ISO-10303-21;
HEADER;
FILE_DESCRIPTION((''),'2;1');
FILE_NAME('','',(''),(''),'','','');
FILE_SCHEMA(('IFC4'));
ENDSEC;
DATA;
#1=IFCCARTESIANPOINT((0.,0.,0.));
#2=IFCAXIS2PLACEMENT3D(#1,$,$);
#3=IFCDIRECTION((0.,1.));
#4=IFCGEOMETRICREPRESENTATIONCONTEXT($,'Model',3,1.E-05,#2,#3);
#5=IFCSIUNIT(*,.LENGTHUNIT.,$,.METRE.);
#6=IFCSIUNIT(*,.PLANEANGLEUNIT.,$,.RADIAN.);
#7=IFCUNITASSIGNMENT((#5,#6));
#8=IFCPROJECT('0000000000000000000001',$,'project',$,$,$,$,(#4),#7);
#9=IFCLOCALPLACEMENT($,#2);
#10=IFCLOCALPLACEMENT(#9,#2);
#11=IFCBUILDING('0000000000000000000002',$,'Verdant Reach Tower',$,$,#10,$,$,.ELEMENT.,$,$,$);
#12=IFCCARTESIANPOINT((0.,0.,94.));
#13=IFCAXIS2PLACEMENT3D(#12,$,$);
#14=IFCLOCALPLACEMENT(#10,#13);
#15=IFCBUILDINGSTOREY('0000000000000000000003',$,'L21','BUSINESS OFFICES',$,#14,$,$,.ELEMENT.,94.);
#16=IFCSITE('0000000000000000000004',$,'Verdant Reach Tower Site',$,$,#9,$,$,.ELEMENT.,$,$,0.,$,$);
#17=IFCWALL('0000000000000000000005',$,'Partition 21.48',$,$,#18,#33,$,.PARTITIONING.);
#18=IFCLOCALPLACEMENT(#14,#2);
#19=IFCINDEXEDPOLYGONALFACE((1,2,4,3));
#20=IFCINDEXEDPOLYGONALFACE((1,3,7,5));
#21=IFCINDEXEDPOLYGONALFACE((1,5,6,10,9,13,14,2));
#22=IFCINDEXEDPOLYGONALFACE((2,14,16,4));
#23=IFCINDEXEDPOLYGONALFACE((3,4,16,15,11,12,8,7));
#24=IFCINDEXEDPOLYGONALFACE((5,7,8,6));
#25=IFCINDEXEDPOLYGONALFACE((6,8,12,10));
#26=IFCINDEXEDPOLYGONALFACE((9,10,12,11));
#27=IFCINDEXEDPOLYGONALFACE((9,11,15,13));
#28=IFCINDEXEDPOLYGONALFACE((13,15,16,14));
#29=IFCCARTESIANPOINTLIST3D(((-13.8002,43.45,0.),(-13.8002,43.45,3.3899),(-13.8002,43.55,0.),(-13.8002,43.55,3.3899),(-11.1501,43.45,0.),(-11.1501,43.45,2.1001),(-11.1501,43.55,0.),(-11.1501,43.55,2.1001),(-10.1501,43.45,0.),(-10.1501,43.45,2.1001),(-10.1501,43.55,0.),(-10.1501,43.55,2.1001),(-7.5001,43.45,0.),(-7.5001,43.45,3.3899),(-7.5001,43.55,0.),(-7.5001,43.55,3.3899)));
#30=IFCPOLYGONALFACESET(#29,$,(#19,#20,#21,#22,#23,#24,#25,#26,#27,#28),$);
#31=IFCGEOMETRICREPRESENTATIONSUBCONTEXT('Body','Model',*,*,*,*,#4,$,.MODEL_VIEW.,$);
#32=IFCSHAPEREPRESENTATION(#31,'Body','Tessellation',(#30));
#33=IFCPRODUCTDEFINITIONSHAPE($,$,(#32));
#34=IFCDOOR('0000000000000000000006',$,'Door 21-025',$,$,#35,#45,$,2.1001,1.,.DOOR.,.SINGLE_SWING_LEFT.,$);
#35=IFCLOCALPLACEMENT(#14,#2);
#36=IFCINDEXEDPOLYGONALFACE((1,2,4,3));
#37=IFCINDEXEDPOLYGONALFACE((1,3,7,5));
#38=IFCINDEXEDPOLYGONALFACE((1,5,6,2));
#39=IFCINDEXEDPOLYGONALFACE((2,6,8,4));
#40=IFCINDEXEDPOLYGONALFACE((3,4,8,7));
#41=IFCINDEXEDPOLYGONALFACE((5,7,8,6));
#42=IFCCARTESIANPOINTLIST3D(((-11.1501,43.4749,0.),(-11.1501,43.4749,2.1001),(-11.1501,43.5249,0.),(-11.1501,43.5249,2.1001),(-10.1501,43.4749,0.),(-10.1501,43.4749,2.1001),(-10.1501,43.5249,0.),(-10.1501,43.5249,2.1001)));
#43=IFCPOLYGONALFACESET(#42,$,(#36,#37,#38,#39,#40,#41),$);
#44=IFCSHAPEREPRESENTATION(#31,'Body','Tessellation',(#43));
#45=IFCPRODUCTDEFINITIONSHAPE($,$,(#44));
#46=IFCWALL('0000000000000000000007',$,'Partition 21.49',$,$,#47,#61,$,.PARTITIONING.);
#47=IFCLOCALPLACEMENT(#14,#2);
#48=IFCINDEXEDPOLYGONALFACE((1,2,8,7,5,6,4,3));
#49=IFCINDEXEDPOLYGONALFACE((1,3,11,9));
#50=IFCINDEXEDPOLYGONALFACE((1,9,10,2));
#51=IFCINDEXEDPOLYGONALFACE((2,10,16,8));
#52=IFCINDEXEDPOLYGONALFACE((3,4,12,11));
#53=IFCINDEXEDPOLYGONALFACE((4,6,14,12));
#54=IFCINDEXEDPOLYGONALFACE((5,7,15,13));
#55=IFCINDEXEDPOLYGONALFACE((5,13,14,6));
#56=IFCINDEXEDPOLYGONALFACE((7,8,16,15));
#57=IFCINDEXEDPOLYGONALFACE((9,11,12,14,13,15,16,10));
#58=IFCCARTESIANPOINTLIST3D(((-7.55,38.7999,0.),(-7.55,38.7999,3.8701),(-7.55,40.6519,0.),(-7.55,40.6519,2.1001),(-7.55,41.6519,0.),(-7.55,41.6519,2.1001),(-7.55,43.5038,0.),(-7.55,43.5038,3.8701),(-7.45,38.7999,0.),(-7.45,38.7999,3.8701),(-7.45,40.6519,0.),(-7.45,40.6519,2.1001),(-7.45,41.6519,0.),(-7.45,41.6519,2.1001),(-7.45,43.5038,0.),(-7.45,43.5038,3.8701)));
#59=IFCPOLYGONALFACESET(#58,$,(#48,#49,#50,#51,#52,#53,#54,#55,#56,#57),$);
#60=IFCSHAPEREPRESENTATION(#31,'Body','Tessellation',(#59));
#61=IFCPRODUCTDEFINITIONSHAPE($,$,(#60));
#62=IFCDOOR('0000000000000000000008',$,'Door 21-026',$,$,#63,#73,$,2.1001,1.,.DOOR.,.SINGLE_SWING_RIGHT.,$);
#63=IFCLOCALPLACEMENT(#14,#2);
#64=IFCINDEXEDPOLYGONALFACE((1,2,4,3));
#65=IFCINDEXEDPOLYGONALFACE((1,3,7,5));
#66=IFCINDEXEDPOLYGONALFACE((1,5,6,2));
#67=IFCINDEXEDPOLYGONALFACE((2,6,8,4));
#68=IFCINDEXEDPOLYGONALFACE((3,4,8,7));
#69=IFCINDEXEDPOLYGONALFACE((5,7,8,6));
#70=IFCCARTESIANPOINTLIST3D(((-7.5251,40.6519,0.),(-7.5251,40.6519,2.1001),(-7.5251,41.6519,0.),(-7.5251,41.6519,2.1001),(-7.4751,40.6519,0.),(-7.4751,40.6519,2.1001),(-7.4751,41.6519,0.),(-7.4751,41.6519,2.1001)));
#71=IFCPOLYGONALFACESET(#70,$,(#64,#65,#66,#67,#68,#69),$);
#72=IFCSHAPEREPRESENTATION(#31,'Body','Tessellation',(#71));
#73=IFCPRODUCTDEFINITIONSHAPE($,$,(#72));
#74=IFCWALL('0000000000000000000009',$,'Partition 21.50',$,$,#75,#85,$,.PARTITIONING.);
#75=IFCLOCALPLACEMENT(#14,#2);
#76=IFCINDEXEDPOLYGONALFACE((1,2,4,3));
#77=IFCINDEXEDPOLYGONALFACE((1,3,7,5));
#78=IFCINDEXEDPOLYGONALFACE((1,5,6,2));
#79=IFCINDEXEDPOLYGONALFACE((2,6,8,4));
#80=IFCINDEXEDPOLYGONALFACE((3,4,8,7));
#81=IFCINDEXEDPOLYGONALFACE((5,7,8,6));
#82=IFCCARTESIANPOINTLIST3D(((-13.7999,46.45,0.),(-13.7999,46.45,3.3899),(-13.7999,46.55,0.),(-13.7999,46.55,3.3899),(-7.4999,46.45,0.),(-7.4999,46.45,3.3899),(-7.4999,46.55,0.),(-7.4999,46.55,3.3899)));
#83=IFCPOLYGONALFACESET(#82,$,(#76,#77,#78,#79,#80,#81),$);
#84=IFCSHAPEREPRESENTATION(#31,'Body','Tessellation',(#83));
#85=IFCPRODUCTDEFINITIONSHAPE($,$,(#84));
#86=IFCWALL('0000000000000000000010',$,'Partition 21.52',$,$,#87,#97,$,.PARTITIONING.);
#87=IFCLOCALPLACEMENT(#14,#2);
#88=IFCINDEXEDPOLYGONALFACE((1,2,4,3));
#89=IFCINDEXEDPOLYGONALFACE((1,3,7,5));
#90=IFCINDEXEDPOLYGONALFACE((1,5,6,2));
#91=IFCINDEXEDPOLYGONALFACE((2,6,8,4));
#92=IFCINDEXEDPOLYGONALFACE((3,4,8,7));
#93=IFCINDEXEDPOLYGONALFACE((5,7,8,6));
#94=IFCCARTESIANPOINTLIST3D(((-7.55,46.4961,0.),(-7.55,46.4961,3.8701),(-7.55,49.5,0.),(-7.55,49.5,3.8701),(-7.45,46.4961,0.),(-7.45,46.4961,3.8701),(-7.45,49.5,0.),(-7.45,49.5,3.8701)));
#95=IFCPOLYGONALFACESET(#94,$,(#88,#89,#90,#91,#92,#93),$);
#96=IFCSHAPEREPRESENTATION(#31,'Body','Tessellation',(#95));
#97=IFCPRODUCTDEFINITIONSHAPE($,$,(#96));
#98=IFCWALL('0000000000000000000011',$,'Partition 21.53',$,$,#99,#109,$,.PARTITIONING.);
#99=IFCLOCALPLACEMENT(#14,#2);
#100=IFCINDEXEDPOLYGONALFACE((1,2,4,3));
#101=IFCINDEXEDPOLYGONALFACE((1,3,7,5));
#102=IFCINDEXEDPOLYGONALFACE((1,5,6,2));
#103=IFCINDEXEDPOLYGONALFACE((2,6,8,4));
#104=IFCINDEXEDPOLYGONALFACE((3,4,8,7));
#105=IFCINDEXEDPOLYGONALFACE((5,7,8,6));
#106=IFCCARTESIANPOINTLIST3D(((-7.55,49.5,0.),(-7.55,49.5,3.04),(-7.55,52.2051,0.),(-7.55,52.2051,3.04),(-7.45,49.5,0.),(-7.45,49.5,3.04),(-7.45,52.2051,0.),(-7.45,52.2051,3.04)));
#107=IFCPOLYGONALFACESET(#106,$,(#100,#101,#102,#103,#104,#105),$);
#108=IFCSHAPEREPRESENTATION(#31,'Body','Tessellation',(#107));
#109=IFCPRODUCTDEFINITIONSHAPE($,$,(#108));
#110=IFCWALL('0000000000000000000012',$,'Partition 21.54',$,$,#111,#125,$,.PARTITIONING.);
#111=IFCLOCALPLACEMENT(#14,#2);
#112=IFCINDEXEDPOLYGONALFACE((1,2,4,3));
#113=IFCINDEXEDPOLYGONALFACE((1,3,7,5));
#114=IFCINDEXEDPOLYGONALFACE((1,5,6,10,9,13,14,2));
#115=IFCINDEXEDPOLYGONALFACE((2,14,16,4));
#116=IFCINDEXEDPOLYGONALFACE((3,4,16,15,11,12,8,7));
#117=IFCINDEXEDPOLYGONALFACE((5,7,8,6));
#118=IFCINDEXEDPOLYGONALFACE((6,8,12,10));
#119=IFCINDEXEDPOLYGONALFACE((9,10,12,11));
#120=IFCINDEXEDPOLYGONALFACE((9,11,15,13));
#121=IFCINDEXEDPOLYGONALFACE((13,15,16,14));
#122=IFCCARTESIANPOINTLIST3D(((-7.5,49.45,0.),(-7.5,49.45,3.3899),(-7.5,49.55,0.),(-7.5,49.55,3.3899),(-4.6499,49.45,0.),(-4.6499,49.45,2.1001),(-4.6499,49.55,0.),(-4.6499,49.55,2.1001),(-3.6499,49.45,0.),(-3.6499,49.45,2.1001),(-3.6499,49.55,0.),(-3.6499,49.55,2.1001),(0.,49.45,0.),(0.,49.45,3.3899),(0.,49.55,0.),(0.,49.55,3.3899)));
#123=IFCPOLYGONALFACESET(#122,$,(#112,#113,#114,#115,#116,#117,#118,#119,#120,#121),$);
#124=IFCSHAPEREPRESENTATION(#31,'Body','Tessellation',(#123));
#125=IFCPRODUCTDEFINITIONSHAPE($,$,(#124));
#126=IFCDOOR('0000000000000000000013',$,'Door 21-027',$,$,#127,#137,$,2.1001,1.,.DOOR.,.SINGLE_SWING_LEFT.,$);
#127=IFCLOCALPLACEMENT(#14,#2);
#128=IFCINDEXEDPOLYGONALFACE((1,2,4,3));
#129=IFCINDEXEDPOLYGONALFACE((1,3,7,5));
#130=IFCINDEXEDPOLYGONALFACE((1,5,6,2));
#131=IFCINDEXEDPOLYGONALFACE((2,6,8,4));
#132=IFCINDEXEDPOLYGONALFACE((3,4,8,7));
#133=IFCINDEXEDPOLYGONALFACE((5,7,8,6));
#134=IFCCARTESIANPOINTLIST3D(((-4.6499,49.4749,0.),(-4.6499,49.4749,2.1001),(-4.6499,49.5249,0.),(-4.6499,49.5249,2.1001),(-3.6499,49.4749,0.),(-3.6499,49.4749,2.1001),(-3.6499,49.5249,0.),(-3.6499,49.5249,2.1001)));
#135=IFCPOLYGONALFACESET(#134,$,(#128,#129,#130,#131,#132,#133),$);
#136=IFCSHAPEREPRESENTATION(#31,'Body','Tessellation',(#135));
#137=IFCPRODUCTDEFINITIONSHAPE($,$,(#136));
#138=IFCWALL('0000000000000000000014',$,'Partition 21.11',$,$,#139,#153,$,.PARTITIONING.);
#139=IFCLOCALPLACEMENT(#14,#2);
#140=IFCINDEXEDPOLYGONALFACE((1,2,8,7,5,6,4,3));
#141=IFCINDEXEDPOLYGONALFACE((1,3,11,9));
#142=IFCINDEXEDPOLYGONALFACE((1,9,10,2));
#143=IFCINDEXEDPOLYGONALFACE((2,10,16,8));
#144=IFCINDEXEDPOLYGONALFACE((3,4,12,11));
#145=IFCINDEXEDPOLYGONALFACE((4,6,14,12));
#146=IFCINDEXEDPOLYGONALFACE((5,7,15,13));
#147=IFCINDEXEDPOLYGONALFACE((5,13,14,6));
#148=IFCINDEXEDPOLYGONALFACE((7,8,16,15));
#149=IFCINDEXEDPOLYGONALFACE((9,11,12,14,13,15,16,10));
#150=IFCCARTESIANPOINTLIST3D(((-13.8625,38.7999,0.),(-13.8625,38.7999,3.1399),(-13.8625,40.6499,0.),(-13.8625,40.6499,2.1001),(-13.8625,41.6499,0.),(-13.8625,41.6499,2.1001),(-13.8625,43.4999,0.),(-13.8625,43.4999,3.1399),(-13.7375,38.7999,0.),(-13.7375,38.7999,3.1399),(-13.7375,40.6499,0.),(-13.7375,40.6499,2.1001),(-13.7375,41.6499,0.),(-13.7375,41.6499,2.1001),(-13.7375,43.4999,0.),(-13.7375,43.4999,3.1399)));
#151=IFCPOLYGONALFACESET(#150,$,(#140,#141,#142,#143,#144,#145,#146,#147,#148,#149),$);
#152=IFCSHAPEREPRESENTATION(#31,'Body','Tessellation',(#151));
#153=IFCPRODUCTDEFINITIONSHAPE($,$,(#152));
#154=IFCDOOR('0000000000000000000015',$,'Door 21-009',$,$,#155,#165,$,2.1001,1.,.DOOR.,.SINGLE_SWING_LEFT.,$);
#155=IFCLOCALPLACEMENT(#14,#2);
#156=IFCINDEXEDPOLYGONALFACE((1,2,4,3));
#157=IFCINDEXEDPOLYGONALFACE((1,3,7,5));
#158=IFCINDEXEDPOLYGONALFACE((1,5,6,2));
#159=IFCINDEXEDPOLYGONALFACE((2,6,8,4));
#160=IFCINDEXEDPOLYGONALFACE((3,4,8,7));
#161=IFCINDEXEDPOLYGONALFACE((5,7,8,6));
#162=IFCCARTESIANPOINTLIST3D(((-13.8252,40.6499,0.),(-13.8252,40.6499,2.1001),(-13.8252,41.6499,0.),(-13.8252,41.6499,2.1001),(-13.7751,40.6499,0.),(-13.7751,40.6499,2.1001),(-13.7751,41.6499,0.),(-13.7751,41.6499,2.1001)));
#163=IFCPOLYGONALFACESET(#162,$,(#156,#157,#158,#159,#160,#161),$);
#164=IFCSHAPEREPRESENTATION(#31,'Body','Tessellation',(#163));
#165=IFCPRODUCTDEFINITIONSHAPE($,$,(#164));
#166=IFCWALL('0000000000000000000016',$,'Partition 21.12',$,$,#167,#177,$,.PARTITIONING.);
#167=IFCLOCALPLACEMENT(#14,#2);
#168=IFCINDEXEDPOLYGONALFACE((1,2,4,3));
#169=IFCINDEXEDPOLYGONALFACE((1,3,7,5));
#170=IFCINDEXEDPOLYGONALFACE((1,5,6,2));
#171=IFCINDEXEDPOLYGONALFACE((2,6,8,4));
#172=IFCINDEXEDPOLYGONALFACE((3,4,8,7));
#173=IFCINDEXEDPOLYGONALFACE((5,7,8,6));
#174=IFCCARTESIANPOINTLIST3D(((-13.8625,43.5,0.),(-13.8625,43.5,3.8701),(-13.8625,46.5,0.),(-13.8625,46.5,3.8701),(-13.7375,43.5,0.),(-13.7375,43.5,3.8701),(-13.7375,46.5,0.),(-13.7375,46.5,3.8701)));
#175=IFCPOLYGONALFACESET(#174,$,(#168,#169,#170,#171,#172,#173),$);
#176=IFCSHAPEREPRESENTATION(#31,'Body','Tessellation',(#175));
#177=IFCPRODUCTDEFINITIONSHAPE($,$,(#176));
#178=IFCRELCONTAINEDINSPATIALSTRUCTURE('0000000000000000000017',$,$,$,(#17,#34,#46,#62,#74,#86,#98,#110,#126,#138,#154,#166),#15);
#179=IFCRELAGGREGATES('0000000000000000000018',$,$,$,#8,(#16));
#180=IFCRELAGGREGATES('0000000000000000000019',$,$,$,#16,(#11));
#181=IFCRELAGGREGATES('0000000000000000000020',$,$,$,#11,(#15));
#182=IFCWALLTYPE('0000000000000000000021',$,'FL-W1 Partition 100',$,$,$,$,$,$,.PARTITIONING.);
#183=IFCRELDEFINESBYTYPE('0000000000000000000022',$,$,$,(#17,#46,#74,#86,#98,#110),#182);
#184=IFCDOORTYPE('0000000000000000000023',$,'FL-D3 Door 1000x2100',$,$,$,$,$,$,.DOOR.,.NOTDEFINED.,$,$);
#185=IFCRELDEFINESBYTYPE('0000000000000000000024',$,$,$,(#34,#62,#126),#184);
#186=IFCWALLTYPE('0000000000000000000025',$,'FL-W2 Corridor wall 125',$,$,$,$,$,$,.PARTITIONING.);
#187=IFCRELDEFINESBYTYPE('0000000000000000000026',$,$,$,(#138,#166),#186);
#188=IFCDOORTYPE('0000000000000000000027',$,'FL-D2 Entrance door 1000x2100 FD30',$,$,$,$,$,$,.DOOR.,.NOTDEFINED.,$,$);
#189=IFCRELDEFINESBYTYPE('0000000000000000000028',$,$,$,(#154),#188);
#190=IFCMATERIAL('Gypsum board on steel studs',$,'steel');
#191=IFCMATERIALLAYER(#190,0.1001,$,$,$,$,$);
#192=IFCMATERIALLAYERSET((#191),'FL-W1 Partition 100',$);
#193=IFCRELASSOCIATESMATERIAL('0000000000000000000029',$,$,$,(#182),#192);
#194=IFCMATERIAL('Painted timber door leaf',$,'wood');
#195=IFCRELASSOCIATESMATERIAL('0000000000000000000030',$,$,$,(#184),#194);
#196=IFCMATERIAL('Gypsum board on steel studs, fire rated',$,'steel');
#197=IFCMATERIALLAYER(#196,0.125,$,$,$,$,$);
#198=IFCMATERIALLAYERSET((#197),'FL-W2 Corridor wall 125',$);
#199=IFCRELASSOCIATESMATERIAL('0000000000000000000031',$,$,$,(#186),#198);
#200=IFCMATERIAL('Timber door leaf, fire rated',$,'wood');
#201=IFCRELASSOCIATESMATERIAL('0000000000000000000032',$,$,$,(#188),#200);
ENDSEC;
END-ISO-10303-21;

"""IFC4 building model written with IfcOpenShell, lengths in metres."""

from ifc_helpers import new_model, si_unit, direction, frame, frame_2d, origin, place, context, subcontext, project, spatial, rectangle, extrude, material, layer, layer_set, type_object, element, fill, save


model = new_model("IFC4")

# Units and contexts
model_context = context("Model", 3, precision=1e-05, world=origin(), true_north=direction((0.0, 1.0)))
body_context = subcontext(model_context, "Body", "Model", "MODEL_VIEW")
ifc_project = project(units=[si_unit("LENGTHUNIT", "METRE"), si_unit("PLANEANGLEUNIT", "RADIAN")], contexts=[model_context])

# Site, building, storey
site_placement = place(None, origin())
site = spatial("IfcSite", under=ifc_project, at=site_placement, Name="Verdant Reach Tower Site", CompositionType="ELEMENT", RefElevation=0.0)
building_placement = place(site_placement, origin())
building = spatial("IfcBuilding", under=site, at=building_placement, Name="Verdant Reach Tower", CompositionType="ELEMENT")
storey_placement = place(building_placement, frame((0.0, 0.0, 94.0)))
storey = spatial("IfcBuildingStorey", under=building, at=storey_placement, Name="L21", Description="BUSINESS OFFICES", CompositionType="ELEMENT", Elevation=94.0)

# Walls, openings, doors
ifc_material_1 = material(Name="Gypsum board on steel studs", Category="steel")
ifc_layer_1 = layer(ifc_material_1, 0.1001)
ifc_layer_set_1 = layer_set([ifc_layer_1], Name="FL-W1 Partition 100")
wall_type_1 = type_object("IfcWallType", Name="FL-W1 Partition 100", PredefinedType="PARTITIONING", material=ifc_layer_set_1)
wall_1_placement = place(storey_placement, frame((-13.8, 43.5, 0.0), z_axis=(0.0, 0.0, 1.0), x_axis=(1.0, 0.0, 0.0)))
wall_1 = element("IfcWall", 1, at=wall_1_placement, inside=storey, type_object=wall_type_1, Name="Partition 21.48", PredefinedType="PARTITIONING", context=body_context, shape_type="SweptSolid", body=[
    extrude(rectangle(XDim=6.3, YDim=0.1001, at=frame_2d((3.1499, 0.0))), origin(), (0.0, 0.0, 1.0), 3.3899),
])
opening_1_placement = place(wall_1_placement, frame((2.6499, 0.0, 0.0)))
opening_1 = element("IfcOpeningElement", 2, at=opening_1_placement, cuts=wall_1, PredefinedType="OPENING", context=body_context, shape_type="SweptSolid", body=[
    extrude(rectangle(XDim=1.0, YDim=2.1001, at=frame_2d((0.5, 1.05))), frame((0.0, 0.0601, 0.0), z_axis=(0.0, -1.0, 0.0), x_axis=(1.0, 0.0, 0.0)), (0.0, 0.0, 1.0), 0.1201),
])
ifc_material_2 = material(Name="Painted timber door leaf", Category="wood")
door_type_1 = type_object("IfcDoorType", Name="FL-D3 Door 1000x2100", OperationType="NOTDEFINED", PredefinedType="DOOR", material=ifc_material_2)
door_1_placement = place(opening_1_placement, origin())
door_1 = element("IfcDoor", 3, at=door_1_placement, inside=storey, type_object=door_type_1, Name="Door 21-025", OperationType="SINGLE_SWING_LEFT", OverallHeight=2.1001, OverallWidth=1.0, PredefinedType="DOOR", context=body_context, shape_type="SweptSolid", body=[
    extrude(rectangle(XDim=1.0, YDim=2.1001, at=frame_2d((0.5, 1.05))), frame((0.0, 0.0249, 0.0), z_axis=(0.0, -1.0, 0.0), x_axis=(1.0, 0.0, 0.0)), (0.0, 0.0, 1.0), 0.05),
])
fill(opening_1, door_1)
wall_2_placement = place(storey_placement, frame((-7.5, 43.5039, 0.0), z_axis=(0.0, 0.0, 1.0), x_axis=(0.0, -1.0, 0.0)))
wall_2 = element("IfcWall", 4, at=wall_2_placement, inside=storey, type_object=wall_type_1, Name="Partition 21.49", PredefinedType="PARTITIONING", context=body_context, shape_type="SweptSolid", body=[
    extrude(rectangle(XDim=4.7039, YDim=0.1001, at=frame_2d((2.3521, 0.0))), origin(), (0.0, 0.0, 1.0), 3.8701),
])
opening_2_placement = place(wall_2_placement, frame((1.8521, 0.0, 0.0)))
opening_2 = element("IfcOpeningElement", 5, at=opening_2_placement, cuts=wall_2, PredefinedType="OPENING", context=body_context, shape_type="SweptSolid", body=[
    extrude(rectangle(XDim=1.0, YDim=2.1001, at=frame_2d((0.5, 1.05))), frame((0.0, 0.0601, 0.0), z_axis=(0.0, -1.0, 0.0), x_axis=(1.0, 0.0, 0.0)), (0.0, 0.0, 1.0), 0.1201),
])
door_2_placement = place(opening_2_placement, origin())
door_2 = element("IfcDoor", 6, at=door_2_placement, inside=storey, type_object=door_type_1, Name="Door 21-026", OperationType="SINGLE_SWING_RIGHT", OverallHeight=2.1001, OverallWidth=1.0, PredefinedType="DOOR", context=body_context, shape_type="SweptSolid", body=[
    extrude(rectangle(XDim=1.0, YDim=2.1001, at=frame_2d((0.5, 1.05))), frame((0.0, 0.0249, 0.0), z_axis=(0.0, -1.0, 0.0), x_axis=(1.0, 0.0, 0.0)), (0.0, 0.0, 1.0), 0.05),
])
fill(opening_2, door_2)

# Walls
wall_3_placement = place(storey_placement, frame((-7.5, 46.5, 0.0), z_axis=(0.0, 0.0, 1.0), x_axis=(-1.0, 0.0, 0.0)))
element("IfcWall", 7, at=wall_3_placement, inside=storey, type_object=wall_type_1, Name="Partition 21.50", PredefinedType="PARTITIONING", context=body_context, shape_type="SweptSolid", body=[
    extrude(rectangle(XDim=6.3, YDim=0.1001, at=frame_2d((3.1499, 0.0))), origin(), (0.0, 0.0, 1.0), 3.3899),
])
wall_4_placement = place(storey_placement, frame((-7.5, 46.4961, 0.0), z_axis=(0.0, 0.0, 1.0), x_axis=(0.0, 1.0, 0.0)))
element("IfcWall", 8, at=wall_4_placement, inside=storey, type_object=wall_type_1, Name="Partition 21.52", PredefinedType="PARTITIONING", context=body_context, shape_type="SweptSolid", body=[
    extrude(rectangle(XDim=3.0039, YDim=0.1001, at=frame_2d((1.502, 0.0))), origin(), (0.0, 0.0, 1.0), 3.8701),
])
wall_5_placement = place(storey_placement, frame((-7.5, 49.5, 0.0), z_axis=(0.0, 0.0, 1.0), x_axis=(0.0, 1.0, 0.0)))
element("IfcWall", 9, at=wall_5_placement, inside=storey, type_object=wall_type_1, Name="Partition 21.53", PredefinedType="PARTITIONING", context=body_context, shape_type="SweptSolid", body=[
    extrude(rectangle(XDim=2.7051, YDim=0.1001, at=frame_2d((1.3525, 0.0))), origin(), (0.0, 0.0, 1.0), 3.04),
])

# Walls, openings, doors
wall_6_placement = place(storey_placement, frame((-7.5, 49.5, 0.0), z_axis=(0.0, 0.0, 1.0), x_axis=(1.0, 0.0, 0.0)))
wall_6 = element("IfcWall", 10, at=wall_6_placement, inside=storey, type_object=wall_type_1, Name="Partition 21.54", PredefinedType="PARTITIONING", context=body_context, shape_type="SweptSolid", body=[
    extrude(rectangle(XDim=7.5, YDim=0.1001, at=frame_2d((3.75, 0.0))), origin(), (0.0, 0.0, 1.0), 3.3899),
])
opening_3_placement = place(wall_6_placement, frame((2.8501, 0.0, 0.0)))
opening_3 = element("IfcOpeningElement", 11, at=opening_3_placement, cuts=wall_6, PredefinedType="OPENING", context=body_context, shape_type="SweptSolid", body=[
    extrude(rectangle(XDim=1.0, YDim=2.1001, at=frame_2d((0.5, 1.05))), frame((0.0, 0.0601, 0.0), z_axis=(0.0, -1.0, 0.0), x_axis=(1.0, 0.0, 0.0)), (0.0, 0.0, 1.0), 0.1201),
])
door_3_placement = place(opening_3_placement, origin())
door_3 = element("IfcDoor", 12, at=door_3_placement, inside=storey, type_object=door_type_1, Name="Door 21-027", OperationType="SINGLE_SWING_LEFT", OverallHeight=2.1001, OverallWidth=1.0, PredefinedType="DOOR", context=body_context, shape_type="SweptSolid", body=[
    extrude(rectangle(XDim=1.0, YDim=2.1001, at=frame_2d((0.5, 1.05))), frame((0.0, 0.0249, 0.0), z_axis=(0.0, -1.0, 0.0), x_axis=(1.0, 0.0, 0.0)), (0.0, 0.0, 1.0), 0.05),
])
fill(opening_3, door_3)
ifc_material_3 = material(Name="Gypsum board on steel studs, fire rated", Category="steel")
ifc_layer_2 = layer(ifc_material_3, 0.125)
ifc_layer_set_2 = layer_set([ifc_layer_2], Name="FL-W2 Corridor wall 125")
wall_type_2 = type_object("IfcWallType", Name="FL-W2 Corridor wall 125", PredefinedType="PARTITIONING", material=ifc_layer_set_2)
wall_7_placement = place(storey_placement, frame((-13.8, 43.5, 0.0), z_axis=(0.0, 0.0, 1.0), x_axis=(0.0, -1.0, 0.0)))
wall_7 = element("IfcWall", 13, at=wall_7_placement, inside=storey, type_object=wall_type_2, Name="Partition 21.11", PredefinedType="PARTITIONING", context=body_context, shape_type="SweptSolid", body=[
    extrude(rectangle(XDim=4.7, YDim=0.125, at=frame_2d((2.3501, 0.0))), origin(), (0.0, 0.0, 1.0), 3.1399),
])
opening_4_placement = place(wall_7_placement, frame((1.8501, 0.0, 0.0)))
opening_4 = element("IfcOpeningElement", 14, at=opening_4_placement, cuts=wall_7, PredefinedType="OPENING", context=body_context, shape_type="SweptSolid", body=[
    extrude(rectangle(XDim=1.0, YDim=2.1001, at=frame_2d((0.5, 1.05))), frame((0.0, 0.0725, 0.0), z_axis=(0.0, -1.0, 0.0), x_axis=(1.0, 0.0, 0.0)), (0.0, 0.0, 1.0), 0.145),
])
ifc_material_4 = material(Name="Timber door leaf, fire rated", Category="wood")
door_type_2 = type_object("IfcDoorType", Name="FL-D2 Entrance door 1000x2100 FD30", OperationType="NOTDEFINED", PredefinedType="DOOR", material=ifc_material_4)
door_4_placement = place(opening_4_placement, origin())
door_4 = element("IfcDoor", 15, at=door_4_placement, inside=storey, type_object=door_type_2, Name="Door 21-009", OperationType="SINGLE_SWING_LEFT", OverallHeight=2.1001, OverallWidth=1.0, PredefinedType="DOOR", context=body_context, shape_type="SweptSolid", body=[
    extrude(rectangle(XDim=1.0, YDim=2.1001, at=frame_2d((0.5, 1.05))), frame((0.0, 0.0249, 0.0), z_axis=(0.0, -1.0, 0.0), x_axis=(1.0, 0.0, 0.0)), (0.0, 0.0, 1.0), 0.05),
])
fill(opening_4, door_4)

# Wall
wall_8_placement = place(storey_placement, frame((-13.8, 43.5, 0.0), z_axis=(0.0, 0.0, 1.0), x_axis=(0.0, 1.0, 0.0)))
element("IfcWall", 16, at=wall_8_placement, inside=storey, type_object=wall_type_2, Name="Partition 21.12", PredefinedType="PARTITIONING", context=body_context, shape_type="SweptSolid", body=[
    extrude(rectangle(XDim=3.0, YDim=0.125, at=frame_2d((1.5, 0.0))), origin(), (0.0, 0.0, 1.0), 3.8701),
])

save(model, "model.ifc")
